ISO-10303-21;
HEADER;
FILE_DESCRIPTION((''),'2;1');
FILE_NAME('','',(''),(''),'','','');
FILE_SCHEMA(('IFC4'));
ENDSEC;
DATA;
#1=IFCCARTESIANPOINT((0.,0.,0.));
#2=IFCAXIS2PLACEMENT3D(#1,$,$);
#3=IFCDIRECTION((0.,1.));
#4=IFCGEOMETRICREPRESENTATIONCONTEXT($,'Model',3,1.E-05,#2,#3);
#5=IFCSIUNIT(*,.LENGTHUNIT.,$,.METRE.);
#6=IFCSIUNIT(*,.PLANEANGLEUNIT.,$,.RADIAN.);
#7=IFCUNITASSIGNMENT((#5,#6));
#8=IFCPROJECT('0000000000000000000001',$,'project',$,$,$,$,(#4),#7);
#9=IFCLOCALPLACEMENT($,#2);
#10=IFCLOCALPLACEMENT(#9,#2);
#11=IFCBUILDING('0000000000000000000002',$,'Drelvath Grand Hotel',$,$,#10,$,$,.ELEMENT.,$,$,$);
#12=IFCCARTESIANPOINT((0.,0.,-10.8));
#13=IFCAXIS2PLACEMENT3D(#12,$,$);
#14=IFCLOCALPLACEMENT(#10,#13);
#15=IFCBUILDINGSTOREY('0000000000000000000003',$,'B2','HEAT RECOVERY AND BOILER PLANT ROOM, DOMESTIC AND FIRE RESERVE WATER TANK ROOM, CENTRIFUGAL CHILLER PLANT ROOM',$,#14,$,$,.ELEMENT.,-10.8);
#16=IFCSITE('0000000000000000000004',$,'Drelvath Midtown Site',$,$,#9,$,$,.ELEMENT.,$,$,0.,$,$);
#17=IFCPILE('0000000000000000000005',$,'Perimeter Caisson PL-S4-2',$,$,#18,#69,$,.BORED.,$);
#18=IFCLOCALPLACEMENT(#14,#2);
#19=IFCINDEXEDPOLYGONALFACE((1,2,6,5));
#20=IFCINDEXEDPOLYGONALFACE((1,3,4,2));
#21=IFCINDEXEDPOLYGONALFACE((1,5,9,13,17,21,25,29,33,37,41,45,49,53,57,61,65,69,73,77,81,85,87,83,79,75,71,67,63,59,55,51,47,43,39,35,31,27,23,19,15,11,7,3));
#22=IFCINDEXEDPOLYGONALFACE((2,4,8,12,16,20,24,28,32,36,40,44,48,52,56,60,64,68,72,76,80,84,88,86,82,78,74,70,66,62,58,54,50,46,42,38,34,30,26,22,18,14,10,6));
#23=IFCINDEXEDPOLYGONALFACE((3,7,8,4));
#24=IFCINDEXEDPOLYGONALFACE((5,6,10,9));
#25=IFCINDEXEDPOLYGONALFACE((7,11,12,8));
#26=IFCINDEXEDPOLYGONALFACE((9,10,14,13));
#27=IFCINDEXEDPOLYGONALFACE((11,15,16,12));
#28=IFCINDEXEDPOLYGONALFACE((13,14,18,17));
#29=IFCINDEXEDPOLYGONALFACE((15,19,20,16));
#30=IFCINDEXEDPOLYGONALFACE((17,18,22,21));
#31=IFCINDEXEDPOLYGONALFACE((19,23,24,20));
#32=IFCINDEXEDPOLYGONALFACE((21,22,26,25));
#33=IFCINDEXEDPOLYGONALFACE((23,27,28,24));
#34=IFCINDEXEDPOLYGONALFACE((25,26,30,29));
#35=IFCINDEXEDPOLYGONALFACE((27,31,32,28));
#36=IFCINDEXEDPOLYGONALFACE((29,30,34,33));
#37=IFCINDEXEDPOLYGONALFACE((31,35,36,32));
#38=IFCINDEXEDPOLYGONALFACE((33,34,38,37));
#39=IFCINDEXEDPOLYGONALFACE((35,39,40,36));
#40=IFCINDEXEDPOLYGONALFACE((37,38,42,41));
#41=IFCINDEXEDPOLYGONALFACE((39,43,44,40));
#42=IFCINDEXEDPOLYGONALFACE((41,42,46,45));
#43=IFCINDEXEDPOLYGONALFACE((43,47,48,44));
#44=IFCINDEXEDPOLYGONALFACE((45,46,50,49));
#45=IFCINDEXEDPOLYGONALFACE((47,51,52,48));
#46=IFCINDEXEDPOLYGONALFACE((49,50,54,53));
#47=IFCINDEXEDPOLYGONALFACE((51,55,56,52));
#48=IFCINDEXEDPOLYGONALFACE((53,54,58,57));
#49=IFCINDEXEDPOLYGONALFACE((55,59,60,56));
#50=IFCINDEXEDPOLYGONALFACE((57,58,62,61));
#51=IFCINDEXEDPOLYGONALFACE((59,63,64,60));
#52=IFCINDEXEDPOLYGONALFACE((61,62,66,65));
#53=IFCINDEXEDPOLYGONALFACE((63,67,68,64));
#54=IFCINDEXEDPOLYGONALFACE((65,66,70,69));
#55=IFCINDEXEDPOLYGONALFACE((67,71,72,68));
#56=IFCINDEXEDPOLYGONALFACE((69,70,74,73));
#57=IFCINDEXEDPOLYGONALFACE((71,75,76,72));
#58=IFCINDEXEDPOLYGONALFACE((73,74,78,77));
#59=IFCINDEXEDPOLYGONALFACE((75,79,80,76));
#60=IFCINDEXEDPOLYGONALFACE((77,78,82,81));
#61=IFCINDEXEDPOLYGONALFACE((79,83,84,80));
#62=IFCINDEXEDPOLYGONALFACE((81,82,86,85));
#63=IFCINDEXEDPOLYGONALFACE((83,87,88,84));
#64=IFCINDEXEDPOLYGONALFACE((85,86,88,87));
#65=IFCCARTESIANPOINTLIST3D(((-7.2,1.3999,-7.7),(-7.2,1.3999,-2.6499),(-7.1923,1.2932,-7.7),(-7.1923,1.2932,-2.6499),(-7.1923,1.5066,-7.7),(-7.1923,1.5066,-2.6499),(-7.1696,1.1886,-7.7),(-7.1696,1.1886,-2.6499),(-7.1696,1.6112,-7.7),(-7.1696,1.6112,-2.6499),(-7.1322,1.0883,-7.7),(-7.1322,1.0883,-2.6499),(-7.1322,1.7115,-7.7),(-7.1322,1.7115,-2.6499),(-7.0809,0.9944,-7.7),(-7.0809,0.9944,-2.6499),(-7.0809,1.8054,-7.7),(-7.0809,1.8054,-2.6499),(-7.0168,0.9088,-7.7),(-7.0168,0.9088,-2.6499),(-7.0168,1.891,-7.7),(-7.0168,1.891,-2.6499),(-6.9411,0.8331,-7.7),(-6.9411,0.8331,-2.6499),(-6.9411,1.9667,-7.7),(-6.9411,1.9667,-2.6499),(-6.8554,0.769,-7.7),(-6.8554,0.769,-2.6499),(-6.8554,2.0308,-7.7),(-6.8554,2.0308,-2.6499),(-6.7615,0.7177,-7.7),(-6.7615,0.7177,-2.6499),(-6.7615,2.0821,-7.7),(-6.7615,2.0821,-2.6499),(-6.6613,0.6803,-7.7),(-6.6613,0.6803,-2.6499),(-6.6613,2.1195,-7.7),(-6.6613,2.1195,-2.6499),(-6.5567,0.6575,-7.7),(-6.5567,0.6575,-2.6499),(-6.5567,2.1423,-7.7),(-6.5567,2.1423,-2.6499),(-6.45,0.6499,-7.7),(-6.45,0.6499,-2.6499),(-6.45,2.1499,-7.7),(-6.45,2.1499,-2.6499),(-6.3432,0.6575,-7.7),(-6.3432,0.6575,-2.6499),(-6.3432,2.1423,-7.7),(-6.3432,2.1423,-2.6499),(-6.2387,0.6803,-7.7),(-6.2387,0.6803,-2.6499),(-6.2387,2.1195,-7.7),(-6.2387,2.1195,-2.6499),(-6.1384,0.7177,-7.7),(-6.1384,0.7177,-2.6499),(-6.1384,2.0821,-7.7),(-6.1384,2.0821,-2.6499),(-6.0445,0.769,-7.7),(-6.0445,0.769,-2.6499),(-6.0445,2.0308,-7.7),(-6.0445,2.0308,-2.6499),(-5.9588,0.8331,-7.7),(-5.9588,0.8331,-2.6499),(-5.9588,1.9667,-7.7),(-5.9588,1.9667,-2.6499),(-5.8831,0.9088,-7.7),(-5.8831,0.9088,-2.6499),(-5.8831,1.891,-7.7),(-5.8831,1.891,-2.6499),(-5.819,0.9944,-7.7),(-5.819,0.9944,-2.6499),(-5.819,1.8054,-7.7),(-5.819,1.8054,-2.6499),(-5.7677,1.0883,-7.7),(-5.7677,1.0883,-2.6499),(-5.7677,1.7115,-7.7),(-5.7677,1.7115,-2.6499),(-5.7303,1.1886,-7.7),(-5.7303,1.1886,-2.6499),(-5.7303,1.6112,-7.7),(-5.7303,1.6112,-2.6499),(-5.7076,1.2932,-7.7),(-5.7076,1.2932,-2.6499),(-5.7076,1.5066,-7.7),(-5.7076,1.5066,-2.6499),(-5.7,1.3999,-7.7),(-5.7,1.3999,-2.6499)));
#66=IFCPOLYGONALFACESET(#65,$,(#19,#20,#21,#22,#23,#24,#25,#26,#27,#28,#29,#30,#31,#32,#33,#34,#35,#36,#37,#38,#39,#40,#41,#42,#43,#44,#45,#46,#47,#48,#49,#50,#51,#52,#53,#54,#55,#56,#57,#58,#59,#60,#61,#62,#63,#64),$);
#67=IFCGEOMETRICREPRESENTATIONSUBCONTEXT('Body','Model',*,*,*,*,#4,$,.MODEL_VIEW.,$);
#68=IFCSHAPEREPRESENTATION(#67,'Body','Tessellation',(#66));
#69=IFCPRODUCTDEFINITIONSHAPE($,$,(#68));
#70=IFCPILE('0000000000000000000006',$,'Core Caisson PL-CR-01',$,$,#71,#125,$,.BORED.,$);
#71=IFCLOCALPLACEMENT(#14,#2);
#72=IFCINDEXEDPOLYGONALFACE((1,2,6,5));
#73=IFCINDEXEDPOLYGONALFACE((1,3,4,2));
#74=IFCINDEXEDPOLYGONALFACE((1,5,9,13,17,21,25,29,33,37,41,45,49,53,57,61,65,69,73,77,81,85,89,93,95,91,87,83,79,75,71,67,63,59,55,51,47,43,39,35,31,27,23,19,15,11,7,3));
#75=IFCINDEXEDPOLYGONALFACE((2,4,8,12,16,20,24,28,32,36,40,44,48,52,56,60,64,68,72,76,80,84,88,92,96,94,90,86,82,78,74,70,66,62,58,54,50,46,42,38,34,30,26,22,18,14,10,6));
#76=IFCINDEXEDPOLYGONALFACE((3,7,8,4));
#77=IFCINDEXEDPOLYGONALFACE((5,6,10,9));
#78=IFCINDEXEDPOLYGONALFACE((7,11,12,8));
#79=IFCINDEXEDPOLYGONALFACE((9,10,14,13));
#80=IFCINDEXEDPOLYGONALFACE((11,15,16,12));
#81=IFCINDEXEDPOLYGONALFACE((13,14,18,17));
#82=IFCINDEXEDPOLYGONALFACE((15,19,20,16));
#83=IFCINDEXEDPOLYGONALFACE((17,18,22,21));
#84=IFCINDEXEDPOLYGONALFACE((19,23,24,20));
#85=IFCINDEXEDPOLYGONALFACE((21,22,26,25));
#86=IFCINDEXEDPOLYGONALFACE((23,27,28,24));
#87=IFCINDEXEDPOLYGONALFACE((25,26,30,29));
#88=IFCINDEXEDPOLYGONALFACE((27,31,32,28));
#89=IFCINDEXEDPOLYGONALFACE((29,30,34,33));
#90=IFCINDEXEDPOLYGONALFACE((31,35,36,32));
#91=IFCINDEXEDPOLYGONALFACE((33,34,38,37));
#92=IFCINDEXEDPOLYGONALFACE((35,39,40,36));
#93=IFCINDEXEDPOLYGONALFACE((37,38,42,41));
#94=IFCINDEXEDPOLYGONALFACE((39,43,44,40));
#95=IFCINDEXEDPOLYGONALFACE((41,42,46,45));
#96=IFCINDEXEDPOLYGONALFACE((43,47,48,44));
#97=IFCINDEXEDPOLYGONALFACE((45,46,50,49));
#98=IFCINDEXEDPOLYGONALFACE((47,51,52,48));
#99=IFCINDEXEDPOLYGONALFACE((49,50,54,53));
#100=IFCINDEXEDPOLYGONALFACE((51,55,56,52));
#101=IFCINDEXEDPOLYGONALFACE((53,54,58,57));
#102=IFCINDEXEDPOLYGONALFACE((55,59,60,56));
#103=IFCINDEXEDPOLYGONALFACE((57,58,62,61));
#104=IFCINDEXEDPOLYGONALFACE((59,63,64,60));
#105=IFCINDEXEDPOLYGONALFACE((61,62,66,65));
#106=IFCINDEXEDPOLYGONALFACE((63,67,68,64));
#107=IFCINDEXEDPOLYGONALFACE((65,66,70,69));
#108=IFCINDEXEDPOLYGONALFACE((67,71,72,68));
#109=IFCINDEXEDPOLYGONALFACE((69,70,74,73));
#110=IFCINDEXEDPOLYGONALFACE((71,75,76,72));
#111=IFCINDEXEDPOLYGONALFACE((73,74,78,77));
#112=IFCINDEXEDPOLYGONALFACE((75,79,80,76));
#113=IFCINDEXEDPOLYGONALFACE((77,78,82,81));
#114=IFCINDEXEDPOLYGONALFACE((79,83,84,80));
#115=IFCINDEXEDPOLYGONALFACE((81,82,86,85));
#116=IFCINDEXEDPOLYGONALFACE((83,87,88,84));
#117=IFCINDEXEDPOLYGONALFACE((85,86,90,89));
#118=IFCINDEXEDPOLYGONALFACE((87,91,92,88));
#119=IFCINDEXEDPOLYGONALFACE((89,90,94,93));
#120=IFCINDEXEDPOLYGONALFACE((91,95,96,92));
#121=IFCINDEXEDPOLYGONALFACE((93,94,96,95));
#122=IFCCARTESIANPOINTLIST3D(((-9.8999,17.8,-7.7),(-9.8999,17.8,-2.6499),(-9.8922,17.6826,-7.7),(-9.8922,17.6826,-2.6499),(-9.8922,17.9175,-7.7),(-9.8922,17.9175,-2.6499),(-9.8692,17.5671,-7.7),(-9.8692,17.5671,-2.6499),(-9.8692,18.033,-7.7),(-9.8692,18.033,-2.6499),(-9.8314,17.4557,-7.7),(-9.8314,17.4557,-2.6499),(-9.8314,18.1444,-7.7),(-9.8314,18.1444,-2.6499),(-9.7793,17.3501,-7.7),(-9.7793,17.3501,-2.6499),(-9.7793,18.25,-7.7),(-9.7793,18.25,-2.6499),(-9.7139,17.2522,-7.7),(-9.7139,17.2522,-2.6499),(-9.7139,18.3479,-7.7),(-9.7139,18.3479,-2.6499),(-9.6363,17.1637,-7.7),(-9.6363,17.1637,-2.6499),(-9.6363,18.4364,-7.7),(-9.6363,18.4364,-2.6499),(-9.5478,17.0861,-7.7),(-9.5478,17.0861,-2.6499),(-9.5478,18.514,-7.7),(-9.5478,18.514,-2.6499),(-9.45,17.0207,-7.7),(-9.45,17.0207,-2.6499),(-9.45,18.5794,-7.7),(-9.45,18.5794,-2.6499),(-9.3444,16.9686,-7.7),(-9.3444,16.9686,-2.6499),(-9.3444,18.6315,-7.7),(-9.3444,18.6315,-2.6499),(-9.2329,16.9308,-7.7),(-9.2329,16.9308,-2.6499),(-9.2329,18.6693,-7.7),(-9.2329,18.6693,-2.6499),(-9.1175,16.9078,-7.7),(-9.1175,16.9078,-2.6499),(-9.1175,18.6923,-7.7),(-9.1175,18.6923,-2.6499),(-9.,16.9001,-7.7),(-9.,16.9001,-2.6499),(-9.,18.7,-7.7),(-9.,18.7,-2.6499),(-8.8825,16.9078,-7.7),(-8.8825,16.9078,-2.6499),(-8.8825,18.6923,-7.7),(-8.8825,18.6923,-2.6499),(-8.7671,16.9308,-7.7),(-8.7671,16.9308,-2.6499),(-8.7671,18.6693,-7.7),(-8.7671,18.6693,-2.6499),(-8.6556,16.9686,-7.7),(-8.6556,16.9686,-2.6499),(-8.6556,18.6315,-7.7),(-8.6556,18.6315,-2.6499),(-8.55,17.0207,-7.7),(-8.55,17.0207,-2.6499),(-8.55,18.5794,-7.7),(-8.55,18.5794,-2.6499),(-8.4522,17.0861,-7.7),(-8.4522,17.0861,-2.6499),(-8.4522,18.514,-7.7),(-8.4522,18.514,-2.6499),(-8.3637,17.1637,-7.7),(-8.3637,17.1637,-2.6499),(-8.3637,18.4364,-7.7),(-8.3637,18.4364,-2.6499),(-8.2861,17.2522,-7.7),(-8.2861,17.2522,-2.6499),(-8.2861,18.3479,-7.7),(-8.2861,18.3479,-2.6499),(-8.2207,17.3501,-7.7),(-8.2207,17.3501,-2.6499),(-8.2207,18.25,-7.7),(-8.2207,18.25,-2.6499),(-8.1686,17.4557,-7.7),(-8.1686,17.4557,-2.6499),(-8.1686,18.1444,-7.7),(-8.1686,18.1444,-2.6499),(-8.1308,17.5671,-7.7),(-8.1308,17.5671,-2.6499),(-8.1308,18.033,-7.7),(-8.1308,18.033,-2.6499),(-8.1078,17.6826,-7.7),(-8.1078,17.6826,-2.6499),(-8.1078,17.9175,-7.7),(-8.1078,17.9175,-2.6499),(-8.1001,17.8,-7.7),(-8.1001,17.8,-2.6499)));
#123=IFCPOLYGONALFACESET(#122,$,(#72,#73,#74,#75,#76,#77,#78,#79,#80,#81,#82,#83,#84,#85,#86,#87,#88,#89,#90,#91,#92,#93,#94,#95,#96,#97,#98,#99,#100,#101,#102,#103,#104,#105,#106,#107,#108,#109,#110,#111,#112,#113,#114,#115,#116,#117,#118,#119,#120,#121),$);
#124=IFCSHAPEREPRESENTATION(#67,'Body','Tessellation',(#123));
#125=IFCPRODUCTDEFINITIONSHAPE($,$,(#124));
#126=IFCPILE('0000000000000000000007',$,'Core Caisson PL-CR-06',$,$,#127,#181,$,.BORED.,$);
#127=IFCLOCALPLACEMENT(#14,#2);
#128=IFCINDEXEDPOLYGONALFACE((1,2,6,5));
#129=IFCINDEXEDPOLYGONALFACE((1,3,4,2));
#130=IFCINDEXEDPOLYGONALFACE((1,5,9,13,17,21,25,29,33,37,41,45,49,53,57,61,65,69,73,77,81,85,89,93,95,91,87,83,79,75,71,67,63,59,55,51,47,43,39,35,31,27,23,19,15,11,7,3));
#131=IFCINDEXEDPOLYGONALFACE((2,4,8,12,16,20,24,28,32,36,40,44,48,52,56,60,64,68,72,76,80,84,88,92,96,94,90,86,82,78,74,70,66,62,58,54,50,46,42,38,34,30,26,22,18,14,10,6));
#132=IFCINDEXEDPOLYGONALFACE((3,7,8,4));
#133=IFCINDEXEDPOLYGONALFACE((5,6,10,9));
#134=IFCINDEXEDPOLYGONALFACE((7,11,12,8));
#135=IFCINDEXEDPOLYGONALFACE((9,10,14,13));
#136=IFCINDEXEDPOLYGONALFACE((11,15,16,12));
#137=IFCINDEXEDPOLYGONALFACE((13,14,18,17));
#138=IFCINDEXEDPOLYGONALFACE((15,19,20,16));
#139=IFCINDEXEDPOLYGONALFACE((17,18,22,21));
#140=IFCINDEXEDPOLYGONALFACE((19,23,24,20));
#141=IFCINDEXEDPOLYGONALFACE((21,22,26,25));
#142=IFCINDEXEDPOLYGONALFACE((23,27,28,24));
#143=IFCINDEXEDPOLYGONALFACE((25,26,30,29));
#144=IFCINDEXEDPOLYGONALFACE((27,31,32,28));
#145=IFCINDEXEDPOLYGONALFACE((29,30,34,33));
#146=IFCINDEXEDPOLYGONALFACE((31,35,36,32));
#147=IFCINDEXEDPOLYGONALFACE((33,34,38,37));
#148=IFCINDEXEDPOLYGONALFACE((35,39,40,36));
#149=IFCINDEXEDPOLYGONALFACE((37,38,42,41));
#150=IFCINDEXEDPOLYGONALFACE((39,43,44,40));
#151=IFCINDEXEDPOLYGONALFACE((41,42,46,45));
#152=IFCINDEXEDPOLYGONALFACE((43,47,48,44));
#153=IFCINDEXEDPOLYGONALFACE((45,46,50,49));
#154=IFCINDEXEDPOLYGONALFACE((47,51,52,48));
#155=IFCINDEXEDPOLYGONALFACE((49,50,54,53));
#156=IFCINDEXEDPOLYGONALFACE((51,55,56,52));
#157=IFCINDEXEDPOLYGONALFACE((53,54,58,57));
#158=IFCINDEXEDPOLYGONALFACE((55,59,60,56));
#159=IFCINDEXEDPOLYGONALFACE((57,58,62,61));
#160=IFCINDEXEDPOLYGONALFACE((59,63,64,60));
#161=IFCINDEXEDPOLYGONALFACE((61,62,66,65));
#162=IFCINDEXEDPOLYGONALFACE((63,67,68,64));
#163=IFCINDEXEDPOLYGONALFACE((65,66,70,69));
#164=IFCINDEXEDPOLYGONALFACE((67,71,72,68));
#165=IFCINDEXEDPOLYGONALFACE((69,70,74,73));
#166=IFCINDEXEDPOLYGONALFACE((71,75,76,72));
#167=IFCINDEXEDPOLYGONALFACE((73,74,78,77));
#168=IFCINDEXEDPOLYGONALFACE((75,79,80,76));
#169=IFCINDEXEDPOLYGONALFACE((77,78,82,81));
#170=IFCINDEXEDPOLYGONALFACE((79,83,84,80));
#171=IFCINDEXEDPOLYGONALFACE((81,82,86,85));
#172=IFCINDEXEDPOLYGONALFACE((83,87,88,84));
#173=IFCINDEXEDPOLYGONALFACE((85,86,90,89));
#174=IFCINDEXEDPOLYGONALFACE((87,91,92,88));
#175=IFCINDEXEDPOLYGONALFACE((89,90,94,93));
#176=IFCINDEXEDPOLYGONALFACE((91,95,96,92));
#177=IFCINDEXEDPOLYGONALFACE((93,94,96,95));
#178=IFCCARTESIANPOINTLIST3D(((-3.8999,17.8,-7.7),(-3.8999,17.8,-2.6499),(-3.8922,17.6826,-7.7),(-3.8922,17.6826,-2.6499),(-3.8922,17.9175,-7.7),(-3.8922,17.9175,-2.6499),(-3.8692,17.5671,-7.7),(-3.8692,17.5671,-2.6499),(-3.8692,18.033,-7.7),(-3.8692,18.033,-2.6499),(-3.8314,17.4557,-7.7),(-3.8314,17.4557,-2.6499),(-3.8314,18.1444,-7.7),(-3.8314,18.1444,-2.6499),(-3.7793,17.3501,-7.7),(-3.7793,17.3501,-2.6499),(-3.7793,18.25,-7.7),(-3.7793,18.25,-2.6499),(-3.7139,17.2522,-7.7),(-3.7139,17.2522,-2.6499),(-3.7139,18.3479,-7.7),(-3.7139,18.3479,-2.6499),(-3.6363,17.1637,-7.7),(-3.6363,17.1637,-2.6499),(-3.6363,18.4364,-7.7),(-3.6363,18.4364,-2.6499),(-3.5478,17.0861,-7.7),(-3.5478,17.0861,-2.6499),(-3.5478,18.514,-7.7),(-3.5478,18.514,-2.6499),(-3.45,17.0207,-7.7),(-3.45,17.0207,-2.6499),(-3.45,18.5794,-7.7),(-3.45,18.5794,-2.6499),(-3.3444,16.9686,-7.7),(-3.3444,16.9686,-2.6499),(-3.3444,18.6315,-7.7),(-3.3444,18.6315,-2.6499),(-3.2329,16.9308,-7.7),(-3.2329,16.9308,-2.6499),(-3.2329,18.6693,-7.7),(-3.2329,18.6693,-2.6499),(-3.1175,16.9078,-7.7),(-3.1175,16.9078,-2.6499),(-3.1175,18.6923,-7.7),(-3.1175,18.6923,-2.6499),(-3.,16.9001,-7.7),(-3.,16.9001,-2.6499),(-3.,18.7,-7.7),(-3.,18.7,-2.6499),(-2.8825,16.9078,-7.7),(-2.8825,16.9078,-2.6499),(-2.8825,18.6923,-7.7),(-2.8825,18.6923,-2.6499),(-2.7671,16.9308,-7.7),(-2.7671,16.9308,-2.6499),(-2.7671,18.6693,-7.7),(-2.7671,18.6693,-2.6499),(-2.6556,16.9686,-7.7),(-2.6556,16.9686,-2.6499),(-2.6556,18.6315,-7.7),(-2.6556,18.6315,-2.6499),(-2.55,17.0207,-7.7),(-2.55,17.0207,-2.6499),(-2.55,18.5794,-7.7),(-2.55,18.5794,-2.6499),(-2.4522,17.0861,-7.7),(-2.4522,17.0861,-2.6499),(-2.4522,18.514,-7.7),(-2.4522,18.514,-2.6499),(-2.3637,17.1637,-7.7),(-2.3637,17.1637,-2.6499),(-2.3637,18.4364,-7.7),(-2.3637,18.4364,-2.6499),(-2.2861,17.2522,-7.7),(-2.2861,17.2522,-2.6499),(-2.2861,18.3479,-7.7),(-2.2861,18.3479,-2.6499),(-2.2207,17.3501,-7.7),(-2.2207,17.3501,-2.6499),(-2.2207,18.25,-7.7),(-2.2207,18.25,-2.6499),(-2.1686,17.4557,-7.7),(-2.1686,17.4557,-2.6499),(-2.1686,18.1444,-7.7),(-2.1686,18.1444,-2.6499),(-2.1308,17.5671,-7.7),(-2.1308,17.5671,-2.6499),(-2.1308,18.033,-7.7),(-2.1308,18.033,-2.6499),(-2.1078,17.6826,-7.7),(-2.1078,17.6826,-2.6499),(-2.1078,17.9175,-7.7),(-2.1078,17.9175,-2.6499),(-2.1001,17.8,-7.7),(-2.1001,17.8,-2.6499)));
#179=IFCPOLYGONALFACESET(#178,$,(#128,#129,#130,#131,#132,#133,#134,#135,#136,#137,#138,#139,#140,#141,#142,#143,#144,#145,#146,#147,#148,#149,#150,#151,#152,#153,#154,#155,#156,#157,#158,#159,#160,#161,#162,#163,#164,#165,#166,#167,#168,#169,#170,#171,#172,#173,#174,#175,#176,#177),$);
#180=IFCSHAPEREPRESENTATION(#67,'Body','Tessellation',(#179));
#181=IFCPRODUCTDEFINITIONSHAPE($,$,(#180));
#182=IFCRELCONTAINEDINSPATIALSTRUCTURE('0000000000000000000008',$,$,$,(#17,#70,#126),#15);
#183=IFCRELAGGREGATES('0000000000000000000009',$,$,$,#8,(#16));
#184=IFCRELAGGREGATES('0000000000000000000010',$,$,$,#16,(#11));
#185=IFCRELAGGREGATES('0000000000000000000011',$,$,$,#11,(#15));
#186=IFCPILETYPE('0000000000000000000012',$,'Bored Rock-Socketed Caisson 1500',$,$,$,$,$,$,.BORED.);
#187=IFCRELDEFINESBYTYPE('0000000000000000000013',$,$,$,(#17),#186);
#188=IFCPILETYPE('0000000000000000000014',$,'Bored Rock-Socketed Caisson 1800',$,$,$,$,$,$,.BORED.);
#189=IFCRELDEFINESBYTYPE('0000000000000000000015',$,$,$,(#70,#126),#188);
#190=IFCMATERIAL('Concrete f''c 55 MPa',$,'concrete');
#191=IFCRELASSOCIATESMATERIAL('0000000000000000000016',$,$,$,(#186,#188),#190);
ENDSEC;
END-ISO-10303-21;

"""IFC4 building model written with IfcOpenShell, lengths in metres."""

from ifc_helpers import new_model, si_unit, direction, frame, origin, origin_2d, place, context, subcontext, project, spatial, circle, extrude, material, material_profile, profile_set, type_object, element, save


model = new_model("IFC4")

# Units and contexts
model_context = context("Model", 3, precision=1e-05, world=origin(), true_north=direction((0.0, 1.0)))
body_context = subcontext(model_context, "Body", "Model", "MODEL_VIEW")
ifc_project = project(units=[si_unit("LENGTHUNIT", "METRE"), si_unit("PLANEANGLEUNIT", "RADIAN")], contexts=[model_context])

# Site, building, storey
site_placement = place(None, origin())
site = spatial("IfcSite", under=ifc_project, at=site_placement, Name="Drelvath Midtown Site", CompositionType="ELEMENT", RefElevation=0.0)
building_placement = place(site_placement, origin())
building = spatial("IfcBuilding", under=site, at=building_placement, Name="Drelvath Grand Hotel", CompositionType="ELEMENT")
storey_placement = place(building_placement, frame((0.0, 0.0, -10.8)))
storey = spatial("IfcBuildingStorey", under=building, at=storey_placement, Name="B2", Description="HEAT RECOVERY AND BOILER PLANT ROOM, DOMESTIC AND FIRE RESERVE WATER TANK ROOM, CENTRIFUGAL CHILLER PLANT ROOM", CompositionType="ELEMENT", Elevation=-10.8)

# Piles
ifc_material_1 = material(Name="Concrete f'c 55 MPa", Category="concrete")
ifc_material_profile_1 = material_profile(ifc_material_1, circle(Radius=0.75, at=origin_2d()), Name="CAISSON1500")
ifc_profile_set_1 = profile_set([ifc_material_profile_1], Name="Concrete f'c 55 MPa")
pile_type_1 = type_object("IfcPileType", Name="Bored Rock-Socketed Caisson 1500", PredefinedType="BORED", material=ifc_profile_set_1)
pile_placement = place(storey_placement, frame((-6.45, 1.3999, -2.6499), z_axis=(0.0, 0.0, -1.0), x_axis=(1.0, 0.0, 0.0)))
element("IfcPile", 1, at=pile_placement, inside=storey, type_object=pile_type_1, Name="Perimeter Caisson PL-S4-2", PredefinedType="BORED", context=body_context, shape_type="SweptSolid", body=[
    extrude(circle(Radius=0.75, at=origin_2d()), origin(), (0.0, 0.0, 1.0), 5.05),
])
ifc_material_profile_2 = material_profile(ifc_material_1, circle(Radius=0.8999, at=origin_2d()), Name="CAISSON1800")
ifc_profile_set_2 = profile_set([ifc_material_profile_2], Name="Concrete f'c 55 MPa")
pile_type_2 = type_object("IfcPileType", Name="Bored Rock-Socketed Caisson 1800", PredefinedType="BORED", material=ifc_profile_set_2)
for number, where, z_axis, x_axis, name in (
    (2, (-9.0, 17.8, -2.6499), (0.0, 0.0, -1.0), (1.0, 0.0, 0.0), "Core Caisson PL-CR-01"),
    (3, (-3.0, 17.8, -2.6499), (0.0, 0.0, -1.0), (1.0, 0.0, 0.0), "Core Caisson PL-CR-06"),
):
    element("IfcPile", number, at=place(storey_placement, frame(where, z_axis=z_axis, x_axis=x_axis)), inside=storey, type_object=pile_type_2, Name=name, PredefinedType="BORED", context=body_context, shape_type="SweptSolid", body=[
        extrude(circle(Radius=0.8999, at=origin_2d()), origin(), (0.0, 0.0, 1.0), 5.05),
    ])

save(model, "model.ifc")
